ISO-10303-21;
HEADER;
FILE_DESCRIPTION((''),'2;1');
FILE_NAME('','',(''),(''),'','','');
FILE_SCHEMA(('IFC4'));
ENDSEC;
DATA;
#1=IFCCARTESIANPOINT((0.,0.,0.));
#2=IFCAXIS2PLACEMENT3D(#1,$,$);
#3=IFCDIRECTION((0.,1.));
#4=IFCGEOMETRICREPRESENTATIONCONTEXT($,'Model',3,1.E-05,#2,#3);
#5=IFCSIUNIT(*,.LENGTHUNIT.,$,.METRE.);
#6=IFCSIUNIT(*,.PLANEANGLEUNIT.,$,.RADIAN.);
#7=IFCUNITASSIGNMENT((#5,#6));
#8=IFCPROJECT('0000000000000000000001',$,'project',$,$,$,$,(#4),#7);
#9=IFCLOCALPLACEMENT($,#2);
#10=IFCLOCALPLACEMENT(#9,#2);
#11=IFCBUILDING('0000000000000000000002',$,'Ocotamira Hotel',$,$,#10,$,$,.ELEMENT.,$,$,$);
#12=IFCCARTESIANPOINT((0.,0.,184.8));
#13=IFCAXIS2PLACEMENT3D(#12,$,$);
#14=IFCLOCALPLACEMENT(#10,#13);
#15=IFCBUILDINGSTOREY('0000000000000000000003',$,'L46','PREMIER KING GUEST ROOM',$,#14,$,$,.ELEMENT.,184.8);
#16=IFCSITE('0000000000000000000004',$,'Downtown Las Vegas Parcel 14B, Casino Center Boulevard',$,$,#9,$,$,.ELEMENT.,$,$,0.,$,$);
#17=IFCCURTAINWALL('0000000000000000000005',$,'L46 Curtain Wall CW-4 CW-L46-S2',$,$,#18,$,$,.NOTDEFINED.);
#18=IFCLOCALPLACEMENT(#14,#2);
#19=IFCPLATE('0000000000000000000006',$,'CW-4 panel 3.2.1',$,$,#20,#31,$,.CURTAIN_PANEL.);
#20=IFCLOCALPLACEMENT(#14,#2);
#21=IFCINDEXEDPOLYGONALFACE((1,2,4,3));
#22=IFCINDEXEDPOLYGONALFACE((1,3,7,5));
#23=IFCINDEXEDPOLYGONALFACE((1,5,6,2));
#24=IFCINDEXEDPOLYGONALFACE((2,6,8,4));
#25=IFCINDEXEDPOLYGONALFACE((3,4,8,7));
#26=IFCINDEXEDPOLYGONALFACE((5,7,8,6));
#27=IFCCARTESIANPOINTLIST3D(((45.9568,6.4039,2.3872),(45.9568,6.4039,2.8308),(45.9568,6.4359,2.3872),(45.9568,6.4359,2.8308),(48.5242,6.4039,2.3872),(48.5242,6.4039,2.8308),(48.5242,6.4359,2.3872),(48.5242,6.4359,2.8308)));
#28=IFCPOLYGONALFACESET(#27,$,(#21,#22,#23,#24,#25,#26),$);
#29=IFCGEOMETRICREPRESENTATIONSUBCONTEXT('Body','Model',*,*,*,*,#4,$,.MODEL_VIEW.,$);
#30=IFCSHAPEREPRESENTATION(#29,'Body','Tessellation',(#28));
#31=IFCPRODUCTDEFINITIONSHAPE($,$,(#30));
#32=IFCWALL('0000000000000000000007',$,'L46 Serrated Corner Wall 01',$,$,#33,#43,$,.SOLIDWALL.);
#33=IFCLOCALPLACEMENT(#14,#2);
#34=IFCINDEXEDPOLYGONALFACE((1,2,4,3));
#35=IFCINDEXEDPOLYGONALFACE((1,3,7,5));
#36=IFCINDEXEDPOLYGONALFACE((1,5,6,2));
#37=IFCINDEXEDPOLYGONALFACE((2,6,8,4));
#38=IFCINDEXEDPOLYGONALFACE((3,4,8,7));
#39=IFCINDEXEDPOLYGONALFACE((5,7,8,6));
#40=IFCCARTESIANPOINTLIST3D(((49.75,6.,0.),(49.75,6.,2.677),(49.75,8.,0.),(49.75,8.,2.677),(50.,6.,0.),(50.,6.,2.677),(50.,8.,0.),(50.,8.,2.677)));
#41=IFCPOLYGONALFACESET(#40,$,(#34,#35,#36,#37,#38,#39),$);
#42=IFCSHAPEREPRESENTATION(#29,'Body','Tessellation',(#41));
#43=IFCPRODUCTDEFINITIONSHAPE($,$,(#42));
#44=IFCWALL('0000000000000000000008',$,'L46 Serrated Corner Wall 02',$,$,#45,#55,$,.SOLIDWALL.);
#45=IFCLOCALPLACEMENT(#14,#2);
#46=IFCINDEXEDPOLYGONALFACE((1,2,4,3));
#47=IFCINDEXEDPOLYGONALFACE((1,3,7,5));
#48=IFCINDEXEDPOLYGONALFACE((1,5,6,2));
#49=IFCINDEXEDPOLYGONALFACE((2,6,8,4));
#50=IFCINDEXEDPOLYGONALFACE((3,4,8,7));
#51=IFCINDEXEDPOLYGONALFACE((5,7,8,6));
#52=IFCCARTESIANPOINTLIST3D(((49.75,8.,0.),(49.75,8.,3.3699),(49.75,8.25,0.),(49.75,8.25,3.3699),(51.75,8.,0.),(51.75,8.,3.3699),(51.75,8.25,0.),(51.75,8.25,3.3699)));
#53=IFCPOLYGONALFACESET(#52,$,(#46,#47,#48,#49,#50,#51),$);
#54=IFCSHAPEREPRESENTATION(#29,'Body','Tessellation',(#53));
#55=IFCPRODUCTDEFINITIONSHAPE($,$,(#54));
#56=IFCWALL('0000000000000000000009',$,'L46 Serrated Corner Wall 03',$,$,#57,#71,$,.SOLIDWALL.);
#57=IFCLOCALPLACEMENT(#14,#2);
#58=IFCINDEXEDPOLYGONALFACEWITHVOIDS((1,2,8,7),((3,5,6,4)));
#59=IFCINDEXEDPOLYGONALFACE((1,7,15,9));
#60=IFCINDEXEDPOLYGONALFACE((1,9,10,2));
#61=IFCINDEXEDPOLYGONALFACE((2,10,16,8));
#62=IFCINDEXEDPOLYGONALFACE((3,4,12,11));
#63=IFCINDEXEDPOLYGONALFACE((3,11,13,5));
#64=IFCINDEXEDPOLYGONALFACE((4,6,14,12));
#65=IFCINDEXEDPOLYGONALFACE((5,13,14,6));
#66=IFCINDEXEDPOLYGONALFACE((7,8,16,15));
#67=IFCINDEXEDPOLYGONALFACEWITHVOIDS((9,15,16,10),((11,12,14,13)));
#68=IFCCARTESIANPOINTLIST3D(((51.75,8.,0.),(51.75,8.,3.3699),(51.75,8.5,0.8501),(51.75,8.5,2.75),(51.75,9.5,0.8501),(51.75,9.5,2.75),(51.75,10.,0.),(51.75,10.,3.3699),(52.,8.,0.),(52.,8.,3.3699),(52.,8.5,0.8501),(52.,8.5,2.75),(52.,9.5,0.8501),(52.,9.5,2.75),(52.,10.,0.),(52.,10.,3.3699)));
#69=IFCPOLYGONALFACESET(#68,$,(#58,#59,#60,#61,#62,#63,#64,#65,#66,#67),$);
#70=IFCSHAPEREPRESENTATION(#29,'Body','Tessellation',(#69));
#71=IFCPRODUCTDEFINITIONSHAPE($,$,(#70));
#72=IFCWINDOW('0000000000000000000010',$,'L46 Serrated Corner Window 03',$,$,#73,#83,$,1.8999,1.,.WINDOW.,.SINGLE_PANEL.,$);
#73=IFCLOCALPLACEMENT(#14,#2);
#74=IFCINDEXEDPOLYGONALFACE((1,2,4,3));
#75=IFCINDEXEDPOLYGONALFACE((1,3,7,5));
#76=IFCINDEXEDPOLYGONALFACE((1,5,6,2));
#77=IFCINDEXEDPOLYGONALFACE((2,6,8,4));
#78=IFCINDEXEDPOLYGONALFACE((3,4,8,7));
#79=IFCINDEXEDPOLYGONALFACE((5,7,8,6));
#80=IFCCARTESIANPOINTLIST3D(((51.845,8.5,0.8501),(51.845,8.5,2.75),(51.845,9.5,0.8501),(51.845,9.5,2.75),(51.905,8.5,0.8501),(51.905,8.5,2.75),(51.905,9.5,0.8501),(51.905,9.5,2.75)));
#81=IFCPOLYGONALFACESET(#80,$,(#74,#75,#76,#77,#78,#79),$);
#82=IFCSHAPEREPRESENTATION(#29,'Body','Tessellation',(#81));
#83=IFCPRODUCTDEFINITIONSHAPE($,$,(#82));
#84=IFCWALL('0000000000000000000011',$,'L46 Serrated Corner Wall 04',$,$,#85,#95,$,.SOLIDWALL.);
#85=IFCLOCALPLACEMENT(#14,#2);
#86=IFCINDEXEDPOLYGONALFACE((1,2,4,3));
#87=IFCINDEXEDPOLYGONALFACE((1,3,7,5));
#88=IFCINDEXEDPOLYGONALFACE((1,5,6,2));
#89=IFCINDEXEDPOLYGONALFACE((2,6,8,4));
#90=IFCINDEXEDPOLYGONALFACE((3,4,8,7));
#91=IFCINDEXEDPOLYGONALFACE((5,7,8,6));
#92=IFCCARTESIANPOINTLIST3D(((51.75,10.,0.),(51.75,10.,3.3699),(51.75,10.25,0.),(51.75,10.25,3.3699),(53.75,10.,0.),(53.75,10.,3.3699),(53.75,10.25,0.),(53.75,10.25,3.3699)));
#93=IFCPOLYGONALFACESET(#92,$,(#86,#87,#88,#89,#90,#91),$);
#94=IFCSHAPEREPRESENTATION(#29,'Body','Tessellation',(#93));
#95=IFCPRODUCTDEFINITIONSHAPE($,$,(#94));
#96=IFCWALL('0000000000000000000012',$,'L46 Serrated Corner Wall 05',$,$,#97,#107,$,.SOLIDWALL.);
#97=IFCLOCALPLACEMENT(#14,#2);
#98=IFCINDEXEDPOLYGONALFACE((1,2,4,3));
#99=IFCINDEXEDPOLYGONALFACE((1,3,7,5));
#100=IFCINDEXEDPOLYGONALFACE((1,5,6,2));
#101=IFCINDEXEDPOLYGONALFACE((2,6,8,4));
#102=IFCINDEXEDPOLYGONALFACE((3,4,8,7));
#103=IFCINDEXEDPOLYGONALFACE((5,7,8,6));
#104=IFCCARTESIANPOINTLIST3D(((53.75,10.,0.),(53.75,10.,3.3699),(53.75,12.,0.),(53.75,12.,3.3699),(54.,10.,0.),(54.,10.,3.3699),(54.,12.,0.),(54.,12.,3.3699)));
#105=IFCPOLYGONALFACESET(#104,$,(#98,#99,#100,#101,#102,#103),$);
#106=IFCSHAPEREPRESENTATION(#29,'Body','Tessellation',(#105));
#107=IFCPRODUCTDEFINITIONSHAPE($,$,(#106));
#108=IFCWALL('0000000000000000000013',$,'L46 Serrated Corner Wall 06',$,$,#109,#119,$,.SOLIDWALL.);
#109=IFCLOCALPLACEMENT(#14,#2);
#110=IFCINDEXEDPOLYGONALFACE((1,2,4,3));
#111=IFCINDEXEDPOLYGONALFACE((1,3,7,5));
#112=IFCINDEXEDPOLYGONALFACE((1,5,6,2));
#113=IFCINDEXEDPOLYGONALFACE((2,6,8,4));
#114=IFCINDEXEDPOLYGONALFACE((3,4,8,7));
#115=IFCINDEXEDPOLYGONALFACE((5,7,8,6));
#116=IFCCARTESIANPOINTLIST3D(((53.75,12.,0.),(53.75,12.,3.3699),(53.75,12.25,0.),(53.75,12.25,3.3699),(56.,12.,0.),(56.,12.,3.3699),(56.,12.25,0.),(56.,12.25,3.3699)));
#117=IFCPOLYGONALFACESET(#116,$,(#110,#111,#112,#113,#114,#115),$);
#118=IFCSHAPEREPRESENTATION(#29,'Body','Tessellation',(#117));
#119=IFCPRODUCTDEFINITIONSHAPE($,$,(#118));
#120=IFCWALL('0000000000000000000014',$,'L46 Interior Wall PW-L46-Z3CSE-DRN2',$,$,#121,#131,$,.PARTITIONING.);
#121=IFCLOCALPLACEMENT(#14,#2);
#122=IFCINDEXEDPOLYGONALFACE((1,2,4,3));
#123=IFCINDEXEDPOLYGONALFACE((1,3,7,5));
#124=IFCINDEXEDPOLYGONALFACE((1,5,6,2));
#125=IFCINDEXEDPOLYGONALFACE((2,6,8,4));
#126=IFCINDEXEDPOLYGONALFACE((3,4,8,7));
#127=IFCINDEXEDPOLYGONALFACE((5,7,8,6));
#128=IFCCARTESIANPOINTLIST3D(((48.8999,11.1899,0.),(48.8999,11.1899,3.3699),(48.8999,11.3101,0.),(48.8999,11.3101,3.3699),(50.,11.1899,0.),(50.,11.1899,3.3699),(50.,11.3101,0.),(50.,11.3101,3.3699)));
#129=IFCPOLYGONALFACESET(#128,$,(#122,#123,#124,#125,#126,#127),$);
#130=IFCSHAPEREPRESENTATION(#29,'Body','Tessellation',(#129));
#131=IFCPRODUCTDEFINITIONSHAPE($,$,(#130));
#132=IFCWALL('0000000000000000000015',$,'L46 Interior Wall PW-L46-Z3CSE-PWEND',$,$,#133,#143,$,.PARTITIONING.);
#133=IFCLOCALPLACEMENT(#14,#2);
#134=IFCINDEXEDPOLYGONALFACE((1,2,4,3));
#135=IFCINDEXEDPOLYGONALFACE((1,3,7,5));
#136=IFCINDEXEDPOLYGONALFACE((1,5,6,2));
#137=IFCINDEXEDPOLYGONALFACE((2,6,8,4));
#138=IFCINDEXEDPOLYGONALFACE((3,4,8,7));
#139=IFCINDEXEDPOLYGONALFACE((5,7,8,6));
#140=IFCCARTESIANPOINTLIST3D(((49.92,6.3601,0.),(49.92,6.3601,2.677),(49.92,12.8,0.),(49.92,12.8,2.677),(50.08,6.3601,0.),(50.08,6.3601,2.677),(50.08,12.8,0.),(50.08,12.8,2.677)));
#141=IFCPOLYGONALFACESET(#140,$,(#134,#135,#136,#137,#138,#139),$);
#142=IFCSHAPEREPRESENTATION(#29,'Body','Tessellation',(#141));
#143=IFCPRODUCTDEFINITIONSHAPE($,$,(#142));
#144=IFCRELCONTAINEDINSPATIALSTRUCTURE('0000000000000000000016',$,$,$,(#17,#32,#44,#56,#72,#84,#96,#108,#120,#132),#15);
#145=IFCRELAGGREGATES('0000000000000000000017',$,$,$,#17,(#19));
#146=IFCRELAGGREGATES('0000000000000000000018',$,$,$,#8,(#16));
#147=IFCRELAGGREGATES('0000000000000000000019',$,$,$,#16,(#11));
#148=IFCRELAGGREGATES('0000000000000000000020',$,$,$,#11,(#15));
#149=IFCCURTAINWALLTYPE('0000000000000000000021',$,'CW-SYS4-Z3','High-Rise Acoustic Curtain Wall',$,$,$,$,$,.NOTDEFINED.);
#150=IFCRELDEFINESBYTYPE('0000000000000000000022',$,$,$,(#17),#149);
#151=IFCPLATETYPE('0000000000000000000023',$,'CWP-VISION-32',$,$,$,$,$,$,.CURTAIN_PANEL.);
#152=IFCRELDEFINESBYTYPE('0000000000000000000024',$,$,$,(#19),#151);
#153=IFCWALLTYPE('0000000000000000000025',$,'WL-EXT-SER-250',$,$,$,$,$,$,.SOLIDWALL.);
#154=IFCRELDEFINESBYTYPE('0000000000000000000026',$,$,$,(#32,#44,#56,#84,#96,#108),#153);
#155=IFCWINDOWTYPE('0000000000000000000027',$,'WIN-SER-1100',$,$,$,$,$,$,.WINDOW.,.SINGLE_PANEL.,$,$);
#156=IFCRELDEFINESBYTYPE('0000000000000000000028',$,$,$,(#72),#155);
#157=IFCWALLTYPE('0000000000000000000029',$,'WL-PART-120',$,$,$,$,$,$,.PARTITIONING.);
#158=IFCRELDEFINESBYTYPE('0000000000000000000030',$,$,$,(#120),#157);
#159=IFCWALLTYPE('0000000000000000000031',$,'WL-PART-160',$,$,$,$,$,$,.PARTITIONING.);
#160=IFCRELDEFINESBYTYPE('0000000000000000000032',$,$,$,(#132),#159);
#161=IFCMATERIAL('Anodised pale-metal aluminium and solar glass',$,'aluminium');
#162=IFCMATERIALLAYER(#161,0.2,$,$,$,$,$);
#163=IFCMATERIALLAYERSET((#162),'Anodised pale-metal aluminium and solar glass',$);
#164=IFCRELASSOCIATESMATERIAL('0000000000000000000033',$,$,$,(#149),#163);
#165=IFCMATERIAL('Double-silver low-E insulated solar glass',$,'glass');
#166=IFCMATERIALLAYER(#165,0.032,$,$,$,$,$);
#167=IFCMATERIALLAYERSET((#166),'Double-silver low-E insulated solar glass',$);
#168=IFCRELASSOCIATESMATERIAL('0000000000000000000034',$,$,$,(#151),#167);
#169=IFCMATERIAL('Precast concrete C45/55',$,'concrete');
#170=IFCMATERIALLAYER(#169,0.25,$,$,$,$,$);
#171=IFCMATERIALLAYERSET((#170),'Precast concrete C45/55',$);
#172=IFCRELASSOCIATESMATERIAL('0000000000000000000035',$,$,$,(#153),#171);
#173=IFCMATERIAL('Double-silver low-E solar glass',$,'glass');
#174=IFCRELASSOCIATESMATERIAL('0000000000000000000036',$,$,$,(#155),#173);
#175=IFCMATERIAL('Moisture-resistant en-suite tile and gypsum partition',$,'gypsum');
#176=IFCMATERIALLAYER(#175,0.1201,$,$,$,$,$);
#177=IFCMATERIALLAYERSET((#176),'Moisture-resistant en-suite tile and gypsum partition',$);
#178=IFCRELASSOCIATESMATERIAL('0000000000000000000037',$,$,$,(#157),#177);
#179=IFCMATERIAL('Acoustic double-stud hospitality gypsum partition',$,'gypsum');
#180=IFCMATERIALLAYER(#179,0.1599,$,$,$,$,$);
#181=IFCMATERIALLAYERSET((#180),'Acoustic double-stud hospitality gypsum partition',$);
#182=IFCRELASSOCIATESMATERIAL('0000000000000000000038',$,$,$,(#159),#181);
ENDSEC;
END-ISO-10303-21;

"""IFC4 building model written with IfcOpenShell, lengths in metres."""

from ifc_helpers import new_model, si_unit, direction, frame, frame_2d, origin, origin_2d, place, context, subcontext, project, spatial, rectangle, extrude, source, transform, mapped, material, layer, layer_set, type_object, element, fill, aggregate, save


model = new_model("IFC4")

# Units and contexts
model_context = context("Model", 3, precision=1e-05, world=origin(), true_north=direction((0.0, 1.0)))
body_context = subcontext(model_context, "Body", "Model", "MODEL_VIEW")
ifc_project = project(units=[si_unit("LENGTHUNIT", "METRE"), si_unit("PLANEANGLEUNIT", "RADIAN")], contexts=[model_context])

# Site, building, storey
site_placement = place(None, origin())
site = spatial("IfcSite", under=ifc_project, at=site_placement, Name="Downtown Las Vegas Parcel 14B, Casino Center Boulevard", CompositionType="ELEMENT", RefElevation=0.0)
building_placement = place(site_placement, origin())
building = spatial("IfcBuilding", under=site, at=building_placement, Name="Ocotamira Hotel", CompositionType="ELEMENT")
storey_placement = place(building_placement, frame((0.0, 0.0, 184.8)))
storey = spatial("IfcBuildingStorey", under=building, at=storey_placement, Name="L46", Description="PREMIER KING GUEST ROOM", CompositionType="ELEMENT", Elevation=184.8)

# Curtain wall
ifc_material_1 = material(Name="Anodised pale-metal aluminium and solar glass", Category="aluminium")
ifc_layer_1 = layer(ifc_material_1, 0.2)
ifc_layer_set_1 = layer_set([ifc_layer_1], Name="Anodised pale-metal aluminium and solar glass")
curtain_wall_type = type_object("IfcCurtainWallType", Name="CW-SYS4-Z3", Description="High-Rise Acoustic Curtain Wall", PredefinedType="NOTDEFINED", material=ifc_layer_set_1)
curtain_wall_1_placement = place(storey_placement, origin())
curtain_wall_1 = element("IfcCurtainWall", 1, at=curtain_wall_1_placement, inside=storey, type_object=curtain_wall_type, Name="L46 Curtain Wall CW-4 CW-L46-S2", PredefinedType="NOTDEFINED")

# Plate
ifc_material_2 = material(Name="Double-silver low-E insulated solar glass", Category="glass")
ifc_layer_2 = layer(ifc_material_2, 0.032)
ifc_layer_set_2 = layer_set([ifc_layer_2], Name="Double-silver low-E insulated solar glass")
plate_type_1 = type_object("IfcPlateType", Name="CWP-VISION-32", PredefinedType="CURTAIN_PANEL", material=ifc_layer_set_2)
shared_shape_1 = source(origin(), body_context, "Body", "SweptSolid", [
    extrude(rectangle(XDim=2.5674, YDim=0.032, at=origin_2d()), origin(), (0.0, 0.0, 1.0), 0.4436),
])
plate_1_placement = place(storey_placement, frame((47.2405, 6.4199, 2.3872), z_axis=(0.0, 0.0, 1.0), x_axis=(1.0, 0.0, 0.0)))
plate_1 = element("IfcPlate", 2, at=plate_1_placement, type_object=plate_type_1, Name="CW-4 panel 3.2.1", PredefinedType="CURTAIN_PANEL", context=body_context, shape_type="MappedRepresentation", body=[
    mapped(shared_shape_1, transform((0.0, 0.0, 0.0), scale=1.0)),
])
aggregate(curtain_wall_1, [plate_1])

# Walls
ifc_material_3 = material(Name="Precast concrete C45/55", Category="concrete")
ifc_layer_3 = layer(ifc_material_3, 0.25)
ifc_layer_set_3 = layer_set([ifc_layer_3], Name="Precast concrete C45/55")
wall_type_1 = type_object("IfcWallType", Name="WL-EXT-SER-250", PredefinedType="SOLIDWALL", material=ifc_layer_set_3)
wall_1_placement = place(storey_placement, frame((49.875, 6.0, 0.0), z_axis=(0.0, 0.0, 1.0), x_axis=(0.0, 1.0, 0.0)))
element("IfcWall", 3, at=wall_1_placement, inside=storey, type_object=wall_type_1, Name="L46 Serrated Corner Wall 01", PredefinedType="SOLIDWALL", context=body_context, shape_type="SweptSolid", body=[
    extrude(rectangle(XDim=2.0, YDim=0.25, at=frame_2d((1.0, 0.0))), origin(), (0.0, 0.0, 1.0), 2.677),
])
wall_2_placement = place(storey_placement, frame((49.75, 8.125, 0.0), z_axis=(0.0, 0.0, 1.0), x_axis=(1.0, 0.0, 0.0)))
element("IfcWall", 4, at=wall_2_placement, inside=storey, type_object=wall_type_1, Name="L46 Serrated Corner Wall 02", PredefinedType="SOLIDWALL", context=body_context, shape_type="SweptSolid", body=[
    extrude(rectangle(XDim=2.0, YDim=0.25, at=frame_2d((1.0, 0.0))), origin(), (0.0, 0.0, 1.0), 3.3699),
])

# Wall, opening, window
wall_3_placement = place(storey_placement, frame((51.875, 8.0, 0.0), z_axis=(0.0, 0.0, 1.0), x_axis=(0.0, 1.0, 0.0)))
wall_3 = element("IfcWall", 5, at=wall_3_placement, inside=storey, type_object=wall_type_1, Name="L46 Serrated Corner Wall 03", PredefinedType="SOLIDWALL", context=body_context, shape_type="SweptSolid", body=[
    extrude(rectangle(XDim=2.0, YDim=0.25, at=frame_2d((1.0, 0.0))), origin(), (0.0, 0.0, 1.0), 3.3699),
])
opening_placement = place(wall_3_placement, frame((0.5, 0.0, 0.8501)))
opening = element("IfcOpeningElement", 6, at=opening_placement, cuts=wall_3, PredefinedType="OPENING", context=body_context, shape_type="SweptSolid", body=[
    extrude(rectangle(XDim=1.0, YDim=1.8999, at=frame_2d((0.5, 0.95))), frame((0.0, 0.135, 0.0), z_axis=(0.0, -1.0, 0.0), x_axis=(1.0, 0.0, 0.0)), (0.0, 0.0, 1.0), 0.27),
])
ifc_material_4 = material(Name="Double-silver low-E solar glass", Category="glass")
window_type = type_object("IfcWindowType", Name="WIN-SER-1100", PartitioningType="SINGLE_PANEL", PredefinedType="WINDOW", material=ifc_material_4)
shared_shape_2 = source(origin(), body_context, "Body", "SweptSolid", [
    extrude(rectangle(XDim=1.0, YDim=1.8999, at=frame_2d((0.5, 0.95))), frame((0.0, 0.03, 0.0), z_axis=(0.0, -1.0, 0.0), x_axis=(1.0, 0.0, 0.0)), (0.0, 0.0, 1.0), 0.0601),
])
window_placement = place(opening_placement, origin())
window = element("IfcWindow", 7, at=window_placement, inside=storey, type_object=window_type, Name="L46 Serrated Corner Window 03", OverallHeight=1.8999, OverallWidth=1.0, PartitioningType="SINGLE_PANEL", PredefinedType="WINDOW", context=body_context, shape_type="MappedRepresentation", body=[
    mapped(shared_shape_2, transform((0.0, 0.0, 0.0), scale=1.0)),
])
fill(opening, window)

# Walls
for number, where, z_axis, x_axis, name in (
    (8, (51.75, 10.125, 0.0), (0.0, 0.0, 1.0), (1.0, 0.0, 0.0), "L46 Serrated Corner Wall 04"),
    (9, (53.875, 10.0, 0.0), (0.0, 0.0, 1.0), (0.0, 1.0, 0.0), "L46 Serrated Corner Wall 05"),
):
    element("IfcWall", number, at=place(storey_placement, frame(where, z_axis=z_axis, x_axis=x_axis)), inside=storey, type_object=wall_type_1, Name=name, PredefinedType="SOLIDWALL", context=body_context, shape_type="SweptSolid", body=[
        extrude(rectangle(XDim=2.0, YDim=0.25, at=frame_2d((1.0, 0.0))), origin(), (0.0, 0.0, 1.0), 3.3699),
    ])
wall_4_placement = place(storey_placement, frame((53.75, 12.125, 0.0), z_axis=(0.0, 0.0, 1.0), x_axis=(1.0, 0.0, 0.0)))
element("IfcWall", 10, at=wall_4_placement, inside=storey, type_object=wall_type_1, Name="L46 Serrated Corner Wall 06", PredefinedType="SOLIDWALL", context=body_context, shape_type="SweptSolid", body=[
    extrude(rectangle(XDim=2.25, YDim=0.25, at=frame_2d((1.125, 0.0))), origin(), (0.0, 0.0, 1.0), 3.3699),
])
ifc_material_5 = material(Name="Moisture-resistant en-suite tile and gypsum partition", Category="gypsum")
ifc_layer_4 = layer(ifc_material_5, 0.1201)
ifc_layer_set_4 = layer_set([ifc_layer_4], Name="Moisture-resistant en-suite tile and gypsum partition")
wall_type_2 = type_object("IfcWallType", Name="WL-PART-120", PredefinedType="PARTITIONING", material=ifc_layer_set_4)
wall_5_placement = place(storey_placement, frame((48.8999, 11.25, 0.0), z_axis=(0.0, 0.0, 1.0), x_axis=(1.0, 0.0, 0.0)))
element("IfcWall", 11, at=wall_5_placement, inside=storey, type_object=wall_type_2, Name="L46 Interior Wall PW-L46-Z3CSE-DRN2", PredefinedType="PARTITIONING", context=body_context, shape_type="SweptSolid", body=[
    extrude(rectangle(XDim=1.1001, YDim=0.1201, at=frame_2d((0.55, 0.0))), origin(), (0.0, 0.0, 1.0), 3.3699),
])
ifc_material_6 = material(Name="Acoustic double-stud hospitality gypsum partition", Category="gypsum")
ifc_layer_5 = layer(ifc_material_6, 0.1599)
ifc_layer_set_5 = layer_set([ifc_layer_5], Name="Acoustic double-stud hospitality gypsum partition")
wall_type_3 = type_object("IfcWallType", Name="WL-PART-160", PredefinedType="PARTITIONING", material=ifc_layer_set_5)
wall_6_placement = place(storey_placement, frame((50.0, 6.3601, 0.0), z_axis=(0.0, 0.0, 1.0), x_axis=(0.0, 1.0, 0.0)))
element("IfcWall", 12, at=wall_6_placement, inside=storey, type_object=wall_type_3, Name="L46 Interior Wall PW-L46-Z3CSE-PWEND", PredefinedType="PARTITIONING", context=body_context, shape_type="SweptSolid", body=[
    extrude(rectangle(XDim=6.4399, YDim=0.1599, at=frame_2d((3.22, 0.0))), origin(), (0.0, 0.0, 1.0), 2.677),
])

save(model, "model.ifc")
